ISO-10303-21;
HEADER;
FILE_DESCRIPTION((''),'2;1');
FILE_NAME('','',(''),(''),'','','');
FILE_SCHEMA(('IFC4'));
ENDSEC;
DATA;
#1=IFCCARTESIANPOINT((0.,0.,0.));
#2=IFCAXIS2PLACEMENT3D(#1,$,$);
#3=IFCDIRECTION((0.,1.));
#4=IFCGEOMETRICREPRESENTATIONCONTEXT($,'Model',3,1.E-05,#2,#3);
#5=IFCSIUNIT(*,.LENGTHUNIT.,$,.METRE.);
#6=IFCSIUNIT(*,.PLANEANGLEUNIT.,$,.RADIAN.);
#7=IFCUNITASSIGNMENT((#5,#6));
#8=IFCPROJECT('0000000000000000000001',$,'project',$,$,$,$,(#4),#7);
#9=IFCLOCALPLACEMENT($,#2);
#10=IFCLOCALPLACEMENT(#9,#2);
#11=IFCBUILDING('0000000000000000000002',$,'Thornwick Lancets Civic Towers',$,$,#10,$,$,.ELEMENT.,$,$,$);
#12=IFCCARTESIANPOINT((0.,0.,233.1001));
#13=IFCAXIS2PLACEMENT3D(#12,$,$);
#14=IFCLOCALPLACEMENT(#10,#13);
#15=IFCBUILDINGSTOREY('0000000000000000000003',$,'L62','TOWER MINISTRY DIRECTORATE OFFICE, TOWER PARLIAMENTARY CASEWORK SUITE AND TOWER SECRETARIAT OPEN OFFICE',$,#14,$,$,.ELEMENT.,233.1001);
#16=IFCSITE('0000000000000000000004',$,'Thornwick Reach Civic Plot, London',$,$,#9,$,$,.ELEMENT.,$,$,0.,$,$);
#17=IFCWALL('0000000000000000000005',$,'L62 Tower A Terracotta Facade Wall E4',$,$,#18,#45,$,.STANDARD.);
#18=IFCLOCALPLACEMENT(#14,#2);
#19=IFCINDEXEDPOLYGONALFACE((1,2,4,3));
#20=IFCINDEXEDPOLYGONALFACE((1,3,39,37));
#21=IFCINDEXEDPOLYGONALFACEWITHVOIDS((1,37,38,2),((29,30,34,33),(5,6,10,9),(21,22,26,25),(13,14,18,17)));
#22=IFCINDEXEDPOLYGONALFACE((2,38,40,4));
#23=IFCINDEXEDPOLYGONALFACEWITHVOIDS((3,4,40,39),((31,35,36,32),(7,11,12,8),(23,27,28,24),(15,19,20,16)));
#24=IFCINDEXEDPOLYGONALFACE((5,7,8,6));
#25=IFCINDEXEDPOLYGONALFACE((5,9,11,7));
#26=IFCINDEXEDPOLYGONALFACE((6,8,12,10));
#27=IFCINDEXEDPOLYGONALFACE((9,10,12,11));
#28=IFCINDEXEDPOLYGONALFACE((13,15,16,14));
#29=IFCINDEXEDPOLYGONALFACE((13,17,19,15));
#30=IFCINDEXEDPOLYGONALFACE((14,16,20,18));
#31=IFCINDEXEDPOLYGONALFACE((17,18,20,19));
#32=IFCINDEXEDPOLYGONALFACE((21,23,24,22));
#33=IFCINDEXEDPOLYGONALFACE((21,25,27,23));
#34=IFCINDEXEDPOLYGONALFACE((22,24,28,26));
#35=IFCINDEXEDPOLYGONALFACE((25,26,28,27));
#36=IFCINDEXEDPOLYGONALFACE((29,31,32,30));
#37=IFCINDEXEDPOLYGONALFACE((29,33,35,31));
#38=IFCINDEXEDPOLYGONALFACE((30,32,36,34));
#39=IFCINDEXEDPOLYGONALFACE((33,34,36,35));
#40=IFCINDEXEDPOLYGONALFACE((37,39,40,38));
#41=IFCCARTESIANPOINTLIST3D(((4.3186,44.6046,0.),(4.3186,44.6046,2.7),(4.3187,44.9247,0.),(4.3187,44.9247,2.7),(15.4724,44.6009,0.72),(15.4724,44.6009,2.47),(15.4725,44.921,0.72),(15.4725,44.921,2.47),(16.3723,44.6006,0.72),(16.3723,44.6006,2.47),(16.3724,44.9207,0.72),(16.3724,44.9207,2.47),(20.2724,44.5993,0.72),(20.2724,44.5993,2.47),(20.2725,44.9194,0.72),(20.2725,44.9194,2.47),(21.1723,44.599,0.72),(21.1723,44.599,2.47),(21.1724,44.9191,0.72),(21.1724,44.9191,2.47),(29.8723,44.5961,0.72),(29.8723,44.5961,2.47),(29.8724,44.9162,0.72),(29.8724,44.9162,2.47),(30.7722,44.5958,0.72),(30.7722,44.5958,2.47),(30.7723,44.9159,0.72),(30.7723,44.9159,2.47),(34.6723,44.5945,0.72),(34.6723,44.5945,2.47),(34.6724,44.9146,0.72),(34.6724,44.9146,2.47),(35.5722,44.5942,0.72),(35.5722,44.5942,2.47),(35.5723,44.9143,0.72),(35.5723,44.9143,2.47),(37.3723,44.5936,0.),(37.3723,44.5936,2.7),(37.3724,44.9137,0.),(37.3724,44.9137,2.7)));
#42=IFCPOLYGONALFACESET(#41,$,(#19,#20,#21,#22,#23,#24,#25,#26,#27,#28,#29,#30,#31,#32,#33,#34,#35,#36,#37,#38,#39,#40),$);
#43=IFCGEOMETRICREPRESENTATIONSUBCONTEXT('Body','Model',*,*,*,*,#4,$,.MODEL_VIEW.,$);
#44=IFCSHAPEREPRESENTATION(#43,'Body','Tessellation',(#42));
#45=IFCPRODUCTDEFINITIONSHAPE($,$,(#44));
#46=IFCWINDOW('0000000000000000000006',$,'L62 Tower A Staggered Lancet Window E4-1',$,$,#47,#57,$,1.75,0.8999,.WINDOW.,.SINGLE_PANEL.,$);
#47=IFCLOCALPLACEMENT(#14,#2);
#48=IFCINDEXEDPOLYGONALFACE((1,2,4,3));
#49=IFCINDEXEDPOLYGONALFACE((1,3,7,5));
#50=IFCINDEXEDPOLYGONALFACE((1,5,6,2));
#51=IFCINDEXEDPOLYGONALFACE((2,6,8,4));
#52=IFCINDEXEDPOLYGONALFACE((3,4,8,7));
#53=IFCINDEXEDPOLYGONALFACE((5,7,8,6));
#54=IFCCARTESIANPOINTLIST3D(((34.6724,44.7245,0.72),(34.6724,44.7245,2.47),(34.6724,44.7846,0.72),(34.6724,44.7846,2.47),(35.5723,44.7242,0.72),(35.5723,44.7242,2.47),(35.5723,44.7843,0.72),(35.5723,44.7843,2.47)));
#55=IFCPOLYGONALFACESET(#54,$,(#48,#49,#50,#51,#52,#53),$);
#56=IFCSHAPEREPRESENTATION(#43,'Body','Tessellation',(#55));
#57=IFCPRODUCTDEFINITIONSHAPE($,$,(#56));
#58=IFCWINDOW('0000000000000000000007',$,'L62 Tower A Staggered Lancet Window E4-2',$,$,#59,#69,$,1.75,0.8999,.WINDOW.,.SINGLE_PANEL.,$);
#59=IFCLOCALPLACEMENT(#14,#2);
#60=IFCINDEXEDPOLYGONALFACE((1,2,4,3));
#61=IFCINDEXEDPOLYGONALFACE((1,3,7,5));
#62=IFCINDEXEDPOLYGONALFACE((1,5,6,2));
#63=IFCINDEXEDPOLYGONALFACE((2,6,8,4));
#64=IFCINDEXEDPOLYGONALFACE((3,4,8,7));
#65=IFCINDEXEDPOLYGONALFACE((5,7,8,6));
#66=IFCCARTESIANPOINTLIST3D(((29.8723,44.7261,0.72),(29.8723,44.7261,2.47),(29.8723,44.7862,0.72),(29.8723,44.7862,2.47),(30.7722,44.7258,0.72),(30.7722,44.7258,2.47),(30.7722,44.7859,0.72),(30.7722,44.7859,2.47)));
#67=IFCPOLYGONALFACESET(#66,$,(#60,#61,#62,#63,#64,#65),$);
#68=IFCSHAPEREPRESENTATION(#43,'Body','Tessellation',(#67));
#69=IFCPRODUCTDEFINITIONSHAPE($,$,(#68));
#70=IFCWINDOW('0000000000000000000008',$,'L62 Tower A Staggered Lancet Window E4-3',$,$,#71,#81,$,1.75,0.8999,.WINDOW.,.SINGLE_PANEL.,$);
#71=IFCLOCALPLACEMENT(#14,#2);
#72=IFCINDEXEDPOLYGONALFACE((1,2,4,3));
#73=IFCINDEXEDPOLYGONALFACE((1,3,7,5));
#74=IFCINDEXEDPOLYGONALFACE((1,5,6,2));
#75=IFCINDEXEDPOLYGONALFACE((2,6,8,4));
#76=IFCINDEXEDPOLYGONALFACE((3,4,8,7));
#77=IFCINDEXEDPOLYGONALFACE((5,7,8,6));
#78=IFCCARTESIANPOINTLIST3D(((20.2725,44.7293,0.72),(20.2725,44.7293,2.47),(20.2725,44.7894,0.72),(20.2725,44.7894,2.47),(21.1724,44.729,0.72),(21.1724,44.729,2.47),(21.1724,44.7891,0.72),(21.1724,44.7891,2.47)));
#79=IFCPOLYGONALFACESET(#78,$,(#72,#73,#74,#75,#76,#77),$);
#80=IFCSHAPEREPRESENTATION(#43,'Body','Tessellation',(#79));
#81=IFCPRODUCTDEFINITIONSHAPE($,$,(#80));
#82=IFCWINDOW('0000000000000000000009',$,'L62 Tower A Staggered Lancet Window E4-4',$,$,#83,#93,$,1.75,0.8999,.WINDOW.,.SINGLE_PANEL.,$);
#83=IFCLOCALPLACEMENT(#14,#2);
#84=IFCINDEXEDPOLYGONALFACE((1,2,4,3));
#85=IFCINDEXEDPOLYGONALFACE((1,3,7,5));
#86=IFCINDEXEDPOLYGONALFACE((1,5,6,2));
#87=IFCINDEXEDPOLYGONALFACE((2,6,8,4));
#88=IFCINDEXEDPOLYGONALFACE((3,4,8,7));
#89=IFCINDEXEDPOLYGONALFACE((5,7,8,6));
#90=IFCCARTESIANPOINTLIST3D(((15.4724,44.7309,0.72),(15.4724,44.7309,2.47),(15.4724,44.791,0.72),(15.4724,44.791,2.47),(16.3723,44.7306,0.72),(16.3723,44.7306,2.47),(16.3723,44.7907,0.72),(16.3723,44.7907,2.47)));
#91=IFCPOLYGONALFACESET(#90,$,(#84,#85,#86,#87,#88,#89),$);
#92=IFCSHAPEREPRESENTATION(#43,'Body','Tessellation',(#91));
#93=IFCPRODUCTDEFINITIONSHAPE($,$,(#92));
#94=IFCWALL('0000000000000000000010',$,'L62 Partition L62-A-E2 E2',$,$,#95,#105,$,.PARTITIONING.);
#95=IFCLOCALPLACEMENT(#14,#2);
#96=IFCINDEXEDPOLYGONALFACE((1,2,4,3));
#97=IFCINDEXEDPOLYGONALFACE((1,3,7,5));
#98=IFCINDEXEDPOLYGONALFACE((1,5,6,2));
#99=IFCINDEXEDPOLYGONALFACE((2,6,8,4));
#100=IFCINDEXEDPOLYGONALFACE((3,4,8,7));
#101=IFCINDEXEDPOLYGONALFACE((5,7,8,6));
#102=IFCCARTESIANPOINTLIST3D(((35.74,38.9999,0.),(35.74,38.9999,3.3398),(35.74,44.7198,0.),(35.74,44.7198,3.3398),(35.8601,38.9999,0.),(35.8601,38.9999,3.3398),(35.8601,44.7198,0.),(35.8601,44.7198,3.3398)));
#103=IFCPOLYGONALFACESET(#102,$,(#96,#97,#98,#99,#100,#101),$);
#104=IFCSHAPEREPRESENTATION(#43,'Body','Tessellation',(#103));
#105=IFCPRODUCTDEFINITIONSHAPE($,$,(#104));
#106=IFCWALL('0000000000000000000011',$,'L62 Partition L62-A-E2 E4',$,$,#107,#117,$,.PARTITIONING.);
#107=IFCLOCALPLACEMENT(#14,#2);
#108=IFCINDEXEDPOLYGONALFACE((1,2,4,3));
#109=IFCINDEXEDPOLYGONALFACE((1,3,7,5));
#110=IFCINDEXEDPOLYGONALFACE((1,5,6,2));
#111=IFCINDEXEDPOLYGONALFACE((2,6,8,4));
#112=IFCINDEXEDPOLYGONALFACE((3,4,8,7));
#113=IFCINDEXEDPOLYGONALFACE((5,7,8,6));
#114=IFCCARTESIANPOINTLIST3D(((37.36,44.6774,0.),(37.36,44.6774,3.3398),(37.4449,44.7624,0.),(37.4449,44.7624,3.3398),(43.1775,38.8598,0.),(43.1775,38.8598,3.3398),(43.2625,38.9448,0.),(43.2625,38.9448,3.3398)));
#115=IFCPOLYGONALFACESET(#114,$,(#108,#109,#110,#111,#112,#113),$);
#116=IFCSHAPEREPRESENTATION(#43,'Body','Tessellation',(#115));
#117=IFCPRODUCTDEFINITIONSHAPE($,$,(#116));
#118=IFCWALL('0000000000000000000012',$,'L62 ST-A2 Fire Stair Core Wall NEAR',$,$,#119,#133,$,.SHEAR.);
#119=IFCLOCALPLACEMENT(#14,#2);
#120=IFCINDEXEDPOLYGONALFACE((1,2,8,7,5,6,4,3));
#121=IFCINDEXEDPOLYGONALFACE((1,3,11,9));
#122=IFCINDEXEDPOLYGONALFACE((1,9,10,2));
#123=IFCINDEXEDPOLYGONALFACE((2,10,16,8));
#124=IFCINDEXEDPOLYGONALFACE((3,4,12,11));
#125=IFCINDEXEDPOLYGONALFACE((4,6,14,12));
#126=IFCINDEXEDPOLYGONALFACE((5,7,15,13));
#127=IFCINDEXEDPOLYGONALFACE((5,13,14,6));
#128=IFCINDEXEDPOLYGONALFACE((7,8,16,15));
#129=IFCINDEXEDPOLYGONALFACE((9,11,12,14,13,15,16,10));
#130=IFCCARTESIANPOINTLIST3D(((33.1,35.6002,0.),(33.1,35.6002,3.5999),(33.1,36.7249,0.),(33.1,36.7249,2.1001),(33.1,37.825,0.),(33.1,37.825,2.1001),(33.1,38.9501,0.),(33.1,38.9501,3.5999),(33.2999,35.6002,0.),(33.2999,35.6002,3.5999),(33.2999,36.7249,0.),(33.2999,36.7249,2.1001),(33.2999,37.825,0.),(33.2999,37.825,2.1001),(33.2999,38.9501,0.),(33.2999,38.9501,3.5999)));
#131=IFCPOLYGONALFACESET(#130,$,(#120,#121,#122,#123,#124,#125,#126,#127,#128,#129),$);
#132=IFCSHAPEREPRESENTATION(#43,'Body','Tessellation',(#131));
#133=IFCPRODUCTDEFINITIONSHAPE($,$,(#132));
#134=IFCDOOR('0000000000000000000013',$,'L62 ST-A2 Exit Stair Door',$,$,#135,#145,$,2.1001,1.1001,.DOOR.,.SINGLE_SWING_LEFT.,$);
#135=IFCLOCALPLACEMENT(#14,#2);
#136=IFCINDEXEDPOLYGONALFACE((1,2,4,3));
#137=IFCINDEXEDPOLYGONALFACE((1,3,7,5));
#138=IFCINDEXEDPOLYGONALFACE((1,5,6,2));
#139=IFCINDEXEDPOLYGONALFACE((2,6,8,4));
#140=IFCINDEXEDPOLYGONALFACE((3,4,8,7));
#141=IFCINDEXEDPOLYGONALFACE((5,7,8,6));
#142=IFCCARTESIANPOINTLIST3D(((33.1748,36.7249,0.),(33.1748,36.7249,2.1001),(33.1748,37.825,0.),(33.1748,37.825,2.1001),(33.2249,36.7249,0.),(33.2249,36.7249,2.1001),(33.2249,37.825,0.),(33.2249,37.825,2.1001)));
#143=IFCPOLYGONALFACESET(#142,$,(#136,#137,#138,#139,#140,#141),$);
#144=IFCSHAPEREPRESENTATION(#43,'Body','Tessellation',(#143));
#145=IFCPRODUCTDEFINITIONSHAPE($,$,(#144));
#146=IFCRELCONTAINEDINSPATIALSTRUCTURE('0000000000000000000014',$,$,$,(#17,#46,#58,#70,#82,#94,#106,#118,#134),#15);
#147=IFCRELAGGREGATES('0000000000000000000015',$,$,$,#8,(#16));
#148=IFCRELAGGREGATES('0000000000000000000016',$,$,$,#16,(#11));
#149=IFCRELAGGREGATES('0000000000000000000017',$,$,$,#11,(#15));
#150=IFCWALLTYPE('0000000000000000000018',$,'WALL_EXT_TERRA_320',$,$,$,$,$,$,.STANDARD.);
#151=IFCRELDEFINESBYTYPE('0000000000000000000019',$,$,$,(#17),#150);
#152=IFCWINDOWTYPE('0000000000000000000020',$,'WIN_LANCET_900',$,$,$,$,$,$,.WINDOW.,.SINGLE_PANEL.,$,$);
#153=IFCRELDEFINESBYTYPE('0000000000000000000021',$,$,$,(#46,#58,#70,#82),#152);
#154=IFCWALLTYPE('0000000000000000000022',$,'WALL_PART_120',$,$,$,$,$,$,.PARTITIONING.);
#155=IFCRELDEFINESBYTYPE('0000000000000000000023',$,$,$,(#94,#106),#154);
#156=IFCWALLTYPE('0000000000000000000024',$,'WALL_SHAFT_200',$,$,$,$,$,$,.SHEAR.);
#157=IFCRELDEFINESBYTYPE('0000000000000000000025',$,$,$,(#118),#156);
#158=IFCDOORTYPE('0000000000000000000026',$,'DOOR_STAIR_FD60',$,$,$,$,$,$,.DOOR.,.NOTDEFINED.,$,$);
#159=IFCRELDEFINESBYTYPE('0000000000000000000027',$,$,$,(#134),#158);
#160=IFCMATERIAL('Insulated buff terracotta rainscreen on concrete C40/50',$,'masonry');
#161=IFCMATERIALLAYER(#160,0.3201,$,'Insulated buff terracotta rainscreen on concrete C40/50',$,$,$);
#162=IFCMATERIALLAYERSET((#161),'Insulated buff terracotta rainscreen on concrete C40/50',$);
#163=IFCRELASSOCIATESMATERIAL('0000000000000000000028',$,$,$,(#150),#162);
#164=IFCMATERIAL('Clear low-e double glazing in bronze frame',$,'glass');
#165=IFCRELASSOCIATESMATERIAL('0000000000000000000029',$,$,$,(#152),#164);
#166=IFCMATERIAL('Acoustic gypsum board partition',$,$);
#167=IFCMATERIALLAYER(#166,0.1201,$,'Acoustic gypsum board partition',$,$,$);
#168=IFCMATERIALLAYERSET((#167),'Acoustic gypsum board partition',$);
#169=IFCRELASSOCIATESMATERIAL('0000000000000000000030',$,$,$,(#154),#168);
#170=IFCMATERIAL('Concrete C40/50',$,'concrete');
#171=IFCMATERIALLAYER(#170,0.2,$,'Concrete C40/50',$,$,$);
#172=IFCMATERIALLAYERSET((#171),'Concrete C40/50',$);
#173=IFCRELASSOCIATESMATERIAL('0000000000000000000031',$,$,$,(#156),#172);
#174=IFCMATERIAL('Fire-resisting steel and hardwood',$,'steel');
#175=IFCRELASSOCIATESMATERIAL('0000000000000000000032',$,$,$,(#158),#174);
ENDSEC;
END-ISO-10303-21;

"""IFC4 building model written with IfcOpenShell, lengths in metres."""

from ifc_helpers import new_model, si_unit, direction, frame, frame_2d, origin, place, context, subcontext, project, spatial, rectangle, extrude, material, layer, layer_set, type_object, element, fill, save


model = new_model("IFC4")

# Units and contexts
model_context = context("Model", 3, precision=1e-05, world=origin(), true_north=direction((0.0, 1.0)))
body_context = subcontext(model_context, "Body", "Model", "MODEL_VIEW")
ifc_project = project(units=[si_unit("LENGTHUNIT", "METRE"), si_unit("PLANEANGLEUNIT", "RADIAN")], contexts=[model_context])

# Site, building, storey
site_placement = place(None, origin())
site = spatial("IfcSite", under=ifc_project, at=site_placement, Name="Thornwick Reach Civic Plot, London", CompositionType="ELEMENT", RefElevation=0.0)
building_placement = place(site_placement, origin())
building = spatial("IfcBuilding", under=site, at=building_placement, Name="Thornwick Lancets Civic Towers", CompositionType="ELEMENT")
storey_placement = place(building_placement, frame((0.0, 0.0, 233.1001)))
storey = spatial("IfcBuildingStorey", under=building, at=storey_placement, Name="L62", Description="TOWER MINISTRY DIRECTORATE OFFICE, TOWER PARLIAMENTARY CASEWORK SUITE AND TOWER SECRETARIAT OPEN OFFICE", CompositionType="ELEMENT", Elevation=233.1001)

# Shared definitions
ifc_material_1 = material(Name="Concrete C40/50", Category="concrete")

# Wall, openings, windows
ifc_material_2 = material(Name="Insulated buff terracotta rainscreen on concrete C40/50", Category="masonry")
ifc_layer_1 = layer(ifc_material_2, 0.3201, Name="Insulated buff terracotta rainscreen on concrete C40/50")
ifc_layer_set_1 = layer_set([ifc_layer_1], Name="Insulated buff terracotta rainscreen on concrete C40/50")
wall_type_1 = type_object("IfcWallType", Name="WALL_EXT_TERRA_320", PredefinedType="STANDARD", material=ifc_layer_set_1)
wall_1_placement = place(storey_placement, frame((37.3723, 44.7537, 0.0), z_axis=(0.0, 0.0, 1.0), x_axis=(-1.0, 0.000332, 0.0)))
wall_1 = element("IfcWall", 1, at=wall_1_placement, inside=storey, type_object=wall_type_1, Name="L62 Tower A Terracotta Facade Wall E4", PredefinedType="STANDARD", context=body_context, shape_type="SweptSolid", body=[
    extrude(rectangle(XDim=33.0537, YDim=0.3201, at=frame_2d((16.5269, 0.0))), origin(), (0.0, 0.0, 1.0), 2.7),
])
opening_1_placement = place(wall_1_placement, frame((1.8, 0.0, 0.72)))
opening_1 = element("IfcOpeningElement", 2, at=opening_1_placement, cuts=wall_1, PredefinedType="OPENING", context=body_context, shape_type="SweptSolid", body=[
    extrude(rectangle(XDim=0.8999, YDim=1.75, at=frame_2d((0.45, 0.875))), frame((0.0, 0.1699, 0.0), z_axis=(0.0, -1.0, 0.0), x_axis=(1.0, 0.0, 0.0)), (0.0, 0.0, 1.0), 0.3401),
])
opening_2_placement = place(wall_1_placement, frame((6.6001, 0.0, 0.72)))
opening_2 = element("IfcOpeningElement", 3, at=opening_2_placement, cuts=wall_1, PredefinedType="OPENING", context=body_context, shape_type="SweptSolid", body=[
    extrude(rectangle(XDim=0.8999, YDim=1.75, at=frame_2d((0.45, 0.875))), frame((0.0, 0.1699, 0.0), z_axis=(0.0, -1.0, 0.0), x_axis=(1.0, 0.0, 0.0)), (0.0, 0.0, 1.0), 0.3401),
])
opening_3_placement = place(wall_1_placement, frame((16.2, 0.0, 0.72)))
opening_3 = element("IfcOpeningElement", 4, at=opening_3_placement, cuts=wall_1, PredefinedType="OPENING", context=body_context, shape_type="SweptSolid", body=[
    extrude(rectangle(XDim=0.8999, YDim=1.75, at=frame_2d((0.45, 0.875))), frame((0.0, 0.1699, 0.0), z_axis=(0.0, -1.0, 0.0), x_axis=(1.0, 0.0, 0.0)), (0.0, 0.0, 1.0), 0.3401),
])
opening_4_placement = place(wall_1_placement, frame((21.0, 0.0, 0.72)))
opening_4 = element("IfcOpeningElement", 5, at=opening_4_placement, cuts=wall_1, PredefinedType="OPENING", context=body_context, shape_type="SweptSolid", body=[
    extrude(rectangle(XDim=0.8999, YDim=1.75, at=frame_2d((0.45, 0.875))), frame((0.0, 0.1699, 0.0), z_axis=(0.0, -1.0, 0.0), x_axis=(1.0, 0.0, 0.0)), (0.0, 0.0, 1.0), 0.3401),
])
ifc_material_3 = material(Name="Clear low-e double glazing in bronze frame", Category="glass")
window_type = type_object("IfcWindowType", Name="WIN_LANCET_900", PartitioningType="SINGLE_PANEL", PredefinedType="WINDOW", material=ifc_material_3)
window_1_placement = place(opening_1_placement, origin())
window_1 = element("IfcWindow", 6, at=window_1_placement, inside=storey, type_object=window_type, Name="L62 Tower A Staggered Lancet Window E4-1", OverallHeight=1.75, OverallWidth=0.8999, PartitioningType="SINGLE_PANEL", PredefinedType="WINDOW", context=body_context, shape_type="SweptSolid", body=[
    extrude(rectangle(XDim=0.8999, YDim=1.75, at=frame_2d((0.45, 0.875))), frame((0.0, 0.03, 0.0), z_axis=(0.0, -1.0, 0.0), x_axis=(1.0, 0.0, 0.0)), (0.0, 0.0, 1.0), 0.0601),
])
fill(opening_1, window_1)
window_2_placement = place(opening_2_placement, origin())
window_2 = element("IfcWindow", 7, at=window_2_placement, inside=storey, type_object=window_type, Name="L62 Tower A Staggered Lancet Window E4-2", OverallHeight=1.75, OverallWidth=0.8999, PartitioningType="SINGLE_PANEL", PredefinedType="WINDOW", context=body_context, shape_type="SweptSolid", body=[
    extrude(rectangle(XDim=0.8999, YDim=1.75, at=frame_2d((0.45, 0.875))), frame((0.0, 0.03, 0.0), z_axis=(0.0, -1.0, 0.0), x_axis=(1.0, 0.0, 0.0)), (0.0, 0.0, 1.0), 0.0601),
])
fill(opening_2, window_2)
window_3_placement = place(opening_3_placement, origin())
window_3 = element("IfcWindow", 8, at=window_3_placement, inside=storey, type_object=window_type, Name="L62 Tower A Staggered Lancet Window E4-3", OverallHeight=1.75, OverallWidth=0.8999, PartitioningType="SINGLE_PANEL", PredefinedType="WINDOW", context=body_context, shape_type="SweptSolid", body=[
    extrude(rectangle(XDim=0.8999, YDim=1.75, at=frame_2d((0.45, 0.875))), frame((0.0, 0.03, 0.0), z_axis=(0.0, -1.0, 0.0), x_axis=(1.0, 0.0, 0.0)), (0.0, 0.0, 1.0), 0.0601),
])
fill(opening_3, window_3)
window_4_placement = place(opening_4_placement, origin())
window_4 = element("IfcWindow", 9, at=window_4_placement, inside=storey, type_object=window_type, Name="L62 Tower A Staggered Lancet Window E4-4", OverallHeight=1.75, OverallWidth=0.8999, PartitioningType="SINGLE_PANEL", PredefinedType="WINDOW", context=body_context, shape_type="SweptSolid", body=[
    extrude(rectangle(XDim=0.8999, YDim=1.75, at=frame_2d((0.45, 0.875))), frame((0.0, 0.03, 0.0), z_axis=(0.0, -1.0, 0.0), x_axis=(1.0, 0.0, 0.0)), (0.0, 0.0, 1.0), 0.0601),
])
fill(opening_4, window_4)

# Walls
ifc_material_4 = material(Name="Acoustic gypsum board partition")
ifc_layer_2 = layer(ifc_material_4, 0.1201, Name="Acoustic gypsum board partition")
ifc_layer_set_2 = layer_set([ifc_layer_2], Name="Acoustic gypsum board partition")
wall_type_2 = type_object("IfcWallType", Name="WALL_PART_120", PredefinedType="PARTITIONING", material=ifc_layer_set_2)
wall_2_placement = place(storey_placement, frame((35.8, 39.0, 0.0), z_axis=(0.0, 0.0, 1.0), x_axis=(0.0, 1.0, 0.0)))
element("IfcWall", 10, at=wall_2_placement, inside=storey, type_object=wall_type_2, Name="L62 Partition L62-A-E2 E2", PredefinedType="PARTITIONING", context=body_context, shape_type="SweptSolid", body=[
    extrude(rectangle(XDim=5.72, YDim=0.1201, at=frame_2d((2.8599, 0.0))), origin(), (0.0, 0.0, 1.0), 3.3398),
])
wall_3_placement = place(storey_placement, frame((37.4023, 44.72, 0.0), z_axis=(0.0, 0.0, 1.0), x_axis=(0.707107, -0.707107, 0.0)))
element("IfcWall", 11, at=wall_3_placement, inside=storey, type_object=wall_type_2, Name="L62 Partition L62-A-E2 E4", PredefinedType="PARTITIONING", context=body_context, shape_type="SweptSolid", body=[
    extrude(rectangle(XDim=8.2273, YDim=0.1201, at=frame_2d((4.1138, 0.0))), origin(), (0.0, 0.0, 1.0), 3.3398),
])

# Wall, opening, door
ifc_layer_3 = layer(ifc_material_1, 0.2, Name="Concrete C40/50")
ifc_layer_set_3 = layer_set([ifc_layer_3], Name="Concrete C40/50")
wall_type_3 = type_object("IfcWallType", Name="WALL_SHAFT_200", PredefinedType="SHEAR", material=ifc_layer_set_3)
wall_4_placement = place(storey_placement, frame((33.2, 38.95, 0.0), z_axis=(0.0, 0.0, 1.0), x_axis=(0.0, -1.0, 0.0)))
wall_4 = element("IfcWall", 12, at=wall_4_placement, inside=storey, type_object=wall_type_3, Name="L62 ST-A2 Fire Stair Core Wall NEAR", PredefinedType="SHEAR", context=body_context, shape_type="SweptSolid", body=[
    extrude(rectangle(XDim=3.3499, YDim=0.2, at=frame_2d((1.6748, 0.0))), origin(), (0.0, 0.0, 1.0), 3.5999),
])
opening_5_placement = place(wall_4_placement, frame((1.125, 0.0, 0.0)))
opening_5 = element("IfcOpeningElement", 13, at=opening_5_placement, cuts=wall_4, PredefinedType="OPENING", context=body_context, shape_type="SweptSolid", body=[
    extrude(rectangle(XDim=1.1001, YDim=2.1001, at=frame_2d((0.55, 1.05))), frame((0.0, 0.1099, 0.0), z_axis=(0.0, -1.0, 0.0), x_axis=(1.0, 0.0, 0.0)), (0.0, 0.0, 1.0), 0.22),
])
ifc_material_5 = material(Name="Fire-resisting steel and hardwood", Category="steel")
door_type = type_object("IfcDoorType", Name="DOOR_STAIR_FD60", OperationType="NOTDEFINED", PredefinedType="DOOR", material=ifc_material_5)
door_placement = place(opening_5_placement, origin())
door = element("IfcDoor", 14, at=door_placement, inside=storey, type_object=door_type, Name="L62 ST-A2 Exit Stair Door", OperationType="SINGLE_SWING_LEFT", OverallHeight=2.1001, OverallWidth=1.1001, PredefinedType="DOOR", context=body_context, shape_type="SweptSolid", body=[
    extrude(rectangle(XDim=1.1001, YDim=2.1001, at=frame_2d((0.55, 1.05))), frame((0.0, 0.0249, 0.0), z_axis=(0.0, -1.0, 0.0), x_axis=(1.0, 0.0, 0.0)), (0.0, 0.0, 1.0), 0.05),
])
fill(opening_5, door)

save(model, "model.ifc")
